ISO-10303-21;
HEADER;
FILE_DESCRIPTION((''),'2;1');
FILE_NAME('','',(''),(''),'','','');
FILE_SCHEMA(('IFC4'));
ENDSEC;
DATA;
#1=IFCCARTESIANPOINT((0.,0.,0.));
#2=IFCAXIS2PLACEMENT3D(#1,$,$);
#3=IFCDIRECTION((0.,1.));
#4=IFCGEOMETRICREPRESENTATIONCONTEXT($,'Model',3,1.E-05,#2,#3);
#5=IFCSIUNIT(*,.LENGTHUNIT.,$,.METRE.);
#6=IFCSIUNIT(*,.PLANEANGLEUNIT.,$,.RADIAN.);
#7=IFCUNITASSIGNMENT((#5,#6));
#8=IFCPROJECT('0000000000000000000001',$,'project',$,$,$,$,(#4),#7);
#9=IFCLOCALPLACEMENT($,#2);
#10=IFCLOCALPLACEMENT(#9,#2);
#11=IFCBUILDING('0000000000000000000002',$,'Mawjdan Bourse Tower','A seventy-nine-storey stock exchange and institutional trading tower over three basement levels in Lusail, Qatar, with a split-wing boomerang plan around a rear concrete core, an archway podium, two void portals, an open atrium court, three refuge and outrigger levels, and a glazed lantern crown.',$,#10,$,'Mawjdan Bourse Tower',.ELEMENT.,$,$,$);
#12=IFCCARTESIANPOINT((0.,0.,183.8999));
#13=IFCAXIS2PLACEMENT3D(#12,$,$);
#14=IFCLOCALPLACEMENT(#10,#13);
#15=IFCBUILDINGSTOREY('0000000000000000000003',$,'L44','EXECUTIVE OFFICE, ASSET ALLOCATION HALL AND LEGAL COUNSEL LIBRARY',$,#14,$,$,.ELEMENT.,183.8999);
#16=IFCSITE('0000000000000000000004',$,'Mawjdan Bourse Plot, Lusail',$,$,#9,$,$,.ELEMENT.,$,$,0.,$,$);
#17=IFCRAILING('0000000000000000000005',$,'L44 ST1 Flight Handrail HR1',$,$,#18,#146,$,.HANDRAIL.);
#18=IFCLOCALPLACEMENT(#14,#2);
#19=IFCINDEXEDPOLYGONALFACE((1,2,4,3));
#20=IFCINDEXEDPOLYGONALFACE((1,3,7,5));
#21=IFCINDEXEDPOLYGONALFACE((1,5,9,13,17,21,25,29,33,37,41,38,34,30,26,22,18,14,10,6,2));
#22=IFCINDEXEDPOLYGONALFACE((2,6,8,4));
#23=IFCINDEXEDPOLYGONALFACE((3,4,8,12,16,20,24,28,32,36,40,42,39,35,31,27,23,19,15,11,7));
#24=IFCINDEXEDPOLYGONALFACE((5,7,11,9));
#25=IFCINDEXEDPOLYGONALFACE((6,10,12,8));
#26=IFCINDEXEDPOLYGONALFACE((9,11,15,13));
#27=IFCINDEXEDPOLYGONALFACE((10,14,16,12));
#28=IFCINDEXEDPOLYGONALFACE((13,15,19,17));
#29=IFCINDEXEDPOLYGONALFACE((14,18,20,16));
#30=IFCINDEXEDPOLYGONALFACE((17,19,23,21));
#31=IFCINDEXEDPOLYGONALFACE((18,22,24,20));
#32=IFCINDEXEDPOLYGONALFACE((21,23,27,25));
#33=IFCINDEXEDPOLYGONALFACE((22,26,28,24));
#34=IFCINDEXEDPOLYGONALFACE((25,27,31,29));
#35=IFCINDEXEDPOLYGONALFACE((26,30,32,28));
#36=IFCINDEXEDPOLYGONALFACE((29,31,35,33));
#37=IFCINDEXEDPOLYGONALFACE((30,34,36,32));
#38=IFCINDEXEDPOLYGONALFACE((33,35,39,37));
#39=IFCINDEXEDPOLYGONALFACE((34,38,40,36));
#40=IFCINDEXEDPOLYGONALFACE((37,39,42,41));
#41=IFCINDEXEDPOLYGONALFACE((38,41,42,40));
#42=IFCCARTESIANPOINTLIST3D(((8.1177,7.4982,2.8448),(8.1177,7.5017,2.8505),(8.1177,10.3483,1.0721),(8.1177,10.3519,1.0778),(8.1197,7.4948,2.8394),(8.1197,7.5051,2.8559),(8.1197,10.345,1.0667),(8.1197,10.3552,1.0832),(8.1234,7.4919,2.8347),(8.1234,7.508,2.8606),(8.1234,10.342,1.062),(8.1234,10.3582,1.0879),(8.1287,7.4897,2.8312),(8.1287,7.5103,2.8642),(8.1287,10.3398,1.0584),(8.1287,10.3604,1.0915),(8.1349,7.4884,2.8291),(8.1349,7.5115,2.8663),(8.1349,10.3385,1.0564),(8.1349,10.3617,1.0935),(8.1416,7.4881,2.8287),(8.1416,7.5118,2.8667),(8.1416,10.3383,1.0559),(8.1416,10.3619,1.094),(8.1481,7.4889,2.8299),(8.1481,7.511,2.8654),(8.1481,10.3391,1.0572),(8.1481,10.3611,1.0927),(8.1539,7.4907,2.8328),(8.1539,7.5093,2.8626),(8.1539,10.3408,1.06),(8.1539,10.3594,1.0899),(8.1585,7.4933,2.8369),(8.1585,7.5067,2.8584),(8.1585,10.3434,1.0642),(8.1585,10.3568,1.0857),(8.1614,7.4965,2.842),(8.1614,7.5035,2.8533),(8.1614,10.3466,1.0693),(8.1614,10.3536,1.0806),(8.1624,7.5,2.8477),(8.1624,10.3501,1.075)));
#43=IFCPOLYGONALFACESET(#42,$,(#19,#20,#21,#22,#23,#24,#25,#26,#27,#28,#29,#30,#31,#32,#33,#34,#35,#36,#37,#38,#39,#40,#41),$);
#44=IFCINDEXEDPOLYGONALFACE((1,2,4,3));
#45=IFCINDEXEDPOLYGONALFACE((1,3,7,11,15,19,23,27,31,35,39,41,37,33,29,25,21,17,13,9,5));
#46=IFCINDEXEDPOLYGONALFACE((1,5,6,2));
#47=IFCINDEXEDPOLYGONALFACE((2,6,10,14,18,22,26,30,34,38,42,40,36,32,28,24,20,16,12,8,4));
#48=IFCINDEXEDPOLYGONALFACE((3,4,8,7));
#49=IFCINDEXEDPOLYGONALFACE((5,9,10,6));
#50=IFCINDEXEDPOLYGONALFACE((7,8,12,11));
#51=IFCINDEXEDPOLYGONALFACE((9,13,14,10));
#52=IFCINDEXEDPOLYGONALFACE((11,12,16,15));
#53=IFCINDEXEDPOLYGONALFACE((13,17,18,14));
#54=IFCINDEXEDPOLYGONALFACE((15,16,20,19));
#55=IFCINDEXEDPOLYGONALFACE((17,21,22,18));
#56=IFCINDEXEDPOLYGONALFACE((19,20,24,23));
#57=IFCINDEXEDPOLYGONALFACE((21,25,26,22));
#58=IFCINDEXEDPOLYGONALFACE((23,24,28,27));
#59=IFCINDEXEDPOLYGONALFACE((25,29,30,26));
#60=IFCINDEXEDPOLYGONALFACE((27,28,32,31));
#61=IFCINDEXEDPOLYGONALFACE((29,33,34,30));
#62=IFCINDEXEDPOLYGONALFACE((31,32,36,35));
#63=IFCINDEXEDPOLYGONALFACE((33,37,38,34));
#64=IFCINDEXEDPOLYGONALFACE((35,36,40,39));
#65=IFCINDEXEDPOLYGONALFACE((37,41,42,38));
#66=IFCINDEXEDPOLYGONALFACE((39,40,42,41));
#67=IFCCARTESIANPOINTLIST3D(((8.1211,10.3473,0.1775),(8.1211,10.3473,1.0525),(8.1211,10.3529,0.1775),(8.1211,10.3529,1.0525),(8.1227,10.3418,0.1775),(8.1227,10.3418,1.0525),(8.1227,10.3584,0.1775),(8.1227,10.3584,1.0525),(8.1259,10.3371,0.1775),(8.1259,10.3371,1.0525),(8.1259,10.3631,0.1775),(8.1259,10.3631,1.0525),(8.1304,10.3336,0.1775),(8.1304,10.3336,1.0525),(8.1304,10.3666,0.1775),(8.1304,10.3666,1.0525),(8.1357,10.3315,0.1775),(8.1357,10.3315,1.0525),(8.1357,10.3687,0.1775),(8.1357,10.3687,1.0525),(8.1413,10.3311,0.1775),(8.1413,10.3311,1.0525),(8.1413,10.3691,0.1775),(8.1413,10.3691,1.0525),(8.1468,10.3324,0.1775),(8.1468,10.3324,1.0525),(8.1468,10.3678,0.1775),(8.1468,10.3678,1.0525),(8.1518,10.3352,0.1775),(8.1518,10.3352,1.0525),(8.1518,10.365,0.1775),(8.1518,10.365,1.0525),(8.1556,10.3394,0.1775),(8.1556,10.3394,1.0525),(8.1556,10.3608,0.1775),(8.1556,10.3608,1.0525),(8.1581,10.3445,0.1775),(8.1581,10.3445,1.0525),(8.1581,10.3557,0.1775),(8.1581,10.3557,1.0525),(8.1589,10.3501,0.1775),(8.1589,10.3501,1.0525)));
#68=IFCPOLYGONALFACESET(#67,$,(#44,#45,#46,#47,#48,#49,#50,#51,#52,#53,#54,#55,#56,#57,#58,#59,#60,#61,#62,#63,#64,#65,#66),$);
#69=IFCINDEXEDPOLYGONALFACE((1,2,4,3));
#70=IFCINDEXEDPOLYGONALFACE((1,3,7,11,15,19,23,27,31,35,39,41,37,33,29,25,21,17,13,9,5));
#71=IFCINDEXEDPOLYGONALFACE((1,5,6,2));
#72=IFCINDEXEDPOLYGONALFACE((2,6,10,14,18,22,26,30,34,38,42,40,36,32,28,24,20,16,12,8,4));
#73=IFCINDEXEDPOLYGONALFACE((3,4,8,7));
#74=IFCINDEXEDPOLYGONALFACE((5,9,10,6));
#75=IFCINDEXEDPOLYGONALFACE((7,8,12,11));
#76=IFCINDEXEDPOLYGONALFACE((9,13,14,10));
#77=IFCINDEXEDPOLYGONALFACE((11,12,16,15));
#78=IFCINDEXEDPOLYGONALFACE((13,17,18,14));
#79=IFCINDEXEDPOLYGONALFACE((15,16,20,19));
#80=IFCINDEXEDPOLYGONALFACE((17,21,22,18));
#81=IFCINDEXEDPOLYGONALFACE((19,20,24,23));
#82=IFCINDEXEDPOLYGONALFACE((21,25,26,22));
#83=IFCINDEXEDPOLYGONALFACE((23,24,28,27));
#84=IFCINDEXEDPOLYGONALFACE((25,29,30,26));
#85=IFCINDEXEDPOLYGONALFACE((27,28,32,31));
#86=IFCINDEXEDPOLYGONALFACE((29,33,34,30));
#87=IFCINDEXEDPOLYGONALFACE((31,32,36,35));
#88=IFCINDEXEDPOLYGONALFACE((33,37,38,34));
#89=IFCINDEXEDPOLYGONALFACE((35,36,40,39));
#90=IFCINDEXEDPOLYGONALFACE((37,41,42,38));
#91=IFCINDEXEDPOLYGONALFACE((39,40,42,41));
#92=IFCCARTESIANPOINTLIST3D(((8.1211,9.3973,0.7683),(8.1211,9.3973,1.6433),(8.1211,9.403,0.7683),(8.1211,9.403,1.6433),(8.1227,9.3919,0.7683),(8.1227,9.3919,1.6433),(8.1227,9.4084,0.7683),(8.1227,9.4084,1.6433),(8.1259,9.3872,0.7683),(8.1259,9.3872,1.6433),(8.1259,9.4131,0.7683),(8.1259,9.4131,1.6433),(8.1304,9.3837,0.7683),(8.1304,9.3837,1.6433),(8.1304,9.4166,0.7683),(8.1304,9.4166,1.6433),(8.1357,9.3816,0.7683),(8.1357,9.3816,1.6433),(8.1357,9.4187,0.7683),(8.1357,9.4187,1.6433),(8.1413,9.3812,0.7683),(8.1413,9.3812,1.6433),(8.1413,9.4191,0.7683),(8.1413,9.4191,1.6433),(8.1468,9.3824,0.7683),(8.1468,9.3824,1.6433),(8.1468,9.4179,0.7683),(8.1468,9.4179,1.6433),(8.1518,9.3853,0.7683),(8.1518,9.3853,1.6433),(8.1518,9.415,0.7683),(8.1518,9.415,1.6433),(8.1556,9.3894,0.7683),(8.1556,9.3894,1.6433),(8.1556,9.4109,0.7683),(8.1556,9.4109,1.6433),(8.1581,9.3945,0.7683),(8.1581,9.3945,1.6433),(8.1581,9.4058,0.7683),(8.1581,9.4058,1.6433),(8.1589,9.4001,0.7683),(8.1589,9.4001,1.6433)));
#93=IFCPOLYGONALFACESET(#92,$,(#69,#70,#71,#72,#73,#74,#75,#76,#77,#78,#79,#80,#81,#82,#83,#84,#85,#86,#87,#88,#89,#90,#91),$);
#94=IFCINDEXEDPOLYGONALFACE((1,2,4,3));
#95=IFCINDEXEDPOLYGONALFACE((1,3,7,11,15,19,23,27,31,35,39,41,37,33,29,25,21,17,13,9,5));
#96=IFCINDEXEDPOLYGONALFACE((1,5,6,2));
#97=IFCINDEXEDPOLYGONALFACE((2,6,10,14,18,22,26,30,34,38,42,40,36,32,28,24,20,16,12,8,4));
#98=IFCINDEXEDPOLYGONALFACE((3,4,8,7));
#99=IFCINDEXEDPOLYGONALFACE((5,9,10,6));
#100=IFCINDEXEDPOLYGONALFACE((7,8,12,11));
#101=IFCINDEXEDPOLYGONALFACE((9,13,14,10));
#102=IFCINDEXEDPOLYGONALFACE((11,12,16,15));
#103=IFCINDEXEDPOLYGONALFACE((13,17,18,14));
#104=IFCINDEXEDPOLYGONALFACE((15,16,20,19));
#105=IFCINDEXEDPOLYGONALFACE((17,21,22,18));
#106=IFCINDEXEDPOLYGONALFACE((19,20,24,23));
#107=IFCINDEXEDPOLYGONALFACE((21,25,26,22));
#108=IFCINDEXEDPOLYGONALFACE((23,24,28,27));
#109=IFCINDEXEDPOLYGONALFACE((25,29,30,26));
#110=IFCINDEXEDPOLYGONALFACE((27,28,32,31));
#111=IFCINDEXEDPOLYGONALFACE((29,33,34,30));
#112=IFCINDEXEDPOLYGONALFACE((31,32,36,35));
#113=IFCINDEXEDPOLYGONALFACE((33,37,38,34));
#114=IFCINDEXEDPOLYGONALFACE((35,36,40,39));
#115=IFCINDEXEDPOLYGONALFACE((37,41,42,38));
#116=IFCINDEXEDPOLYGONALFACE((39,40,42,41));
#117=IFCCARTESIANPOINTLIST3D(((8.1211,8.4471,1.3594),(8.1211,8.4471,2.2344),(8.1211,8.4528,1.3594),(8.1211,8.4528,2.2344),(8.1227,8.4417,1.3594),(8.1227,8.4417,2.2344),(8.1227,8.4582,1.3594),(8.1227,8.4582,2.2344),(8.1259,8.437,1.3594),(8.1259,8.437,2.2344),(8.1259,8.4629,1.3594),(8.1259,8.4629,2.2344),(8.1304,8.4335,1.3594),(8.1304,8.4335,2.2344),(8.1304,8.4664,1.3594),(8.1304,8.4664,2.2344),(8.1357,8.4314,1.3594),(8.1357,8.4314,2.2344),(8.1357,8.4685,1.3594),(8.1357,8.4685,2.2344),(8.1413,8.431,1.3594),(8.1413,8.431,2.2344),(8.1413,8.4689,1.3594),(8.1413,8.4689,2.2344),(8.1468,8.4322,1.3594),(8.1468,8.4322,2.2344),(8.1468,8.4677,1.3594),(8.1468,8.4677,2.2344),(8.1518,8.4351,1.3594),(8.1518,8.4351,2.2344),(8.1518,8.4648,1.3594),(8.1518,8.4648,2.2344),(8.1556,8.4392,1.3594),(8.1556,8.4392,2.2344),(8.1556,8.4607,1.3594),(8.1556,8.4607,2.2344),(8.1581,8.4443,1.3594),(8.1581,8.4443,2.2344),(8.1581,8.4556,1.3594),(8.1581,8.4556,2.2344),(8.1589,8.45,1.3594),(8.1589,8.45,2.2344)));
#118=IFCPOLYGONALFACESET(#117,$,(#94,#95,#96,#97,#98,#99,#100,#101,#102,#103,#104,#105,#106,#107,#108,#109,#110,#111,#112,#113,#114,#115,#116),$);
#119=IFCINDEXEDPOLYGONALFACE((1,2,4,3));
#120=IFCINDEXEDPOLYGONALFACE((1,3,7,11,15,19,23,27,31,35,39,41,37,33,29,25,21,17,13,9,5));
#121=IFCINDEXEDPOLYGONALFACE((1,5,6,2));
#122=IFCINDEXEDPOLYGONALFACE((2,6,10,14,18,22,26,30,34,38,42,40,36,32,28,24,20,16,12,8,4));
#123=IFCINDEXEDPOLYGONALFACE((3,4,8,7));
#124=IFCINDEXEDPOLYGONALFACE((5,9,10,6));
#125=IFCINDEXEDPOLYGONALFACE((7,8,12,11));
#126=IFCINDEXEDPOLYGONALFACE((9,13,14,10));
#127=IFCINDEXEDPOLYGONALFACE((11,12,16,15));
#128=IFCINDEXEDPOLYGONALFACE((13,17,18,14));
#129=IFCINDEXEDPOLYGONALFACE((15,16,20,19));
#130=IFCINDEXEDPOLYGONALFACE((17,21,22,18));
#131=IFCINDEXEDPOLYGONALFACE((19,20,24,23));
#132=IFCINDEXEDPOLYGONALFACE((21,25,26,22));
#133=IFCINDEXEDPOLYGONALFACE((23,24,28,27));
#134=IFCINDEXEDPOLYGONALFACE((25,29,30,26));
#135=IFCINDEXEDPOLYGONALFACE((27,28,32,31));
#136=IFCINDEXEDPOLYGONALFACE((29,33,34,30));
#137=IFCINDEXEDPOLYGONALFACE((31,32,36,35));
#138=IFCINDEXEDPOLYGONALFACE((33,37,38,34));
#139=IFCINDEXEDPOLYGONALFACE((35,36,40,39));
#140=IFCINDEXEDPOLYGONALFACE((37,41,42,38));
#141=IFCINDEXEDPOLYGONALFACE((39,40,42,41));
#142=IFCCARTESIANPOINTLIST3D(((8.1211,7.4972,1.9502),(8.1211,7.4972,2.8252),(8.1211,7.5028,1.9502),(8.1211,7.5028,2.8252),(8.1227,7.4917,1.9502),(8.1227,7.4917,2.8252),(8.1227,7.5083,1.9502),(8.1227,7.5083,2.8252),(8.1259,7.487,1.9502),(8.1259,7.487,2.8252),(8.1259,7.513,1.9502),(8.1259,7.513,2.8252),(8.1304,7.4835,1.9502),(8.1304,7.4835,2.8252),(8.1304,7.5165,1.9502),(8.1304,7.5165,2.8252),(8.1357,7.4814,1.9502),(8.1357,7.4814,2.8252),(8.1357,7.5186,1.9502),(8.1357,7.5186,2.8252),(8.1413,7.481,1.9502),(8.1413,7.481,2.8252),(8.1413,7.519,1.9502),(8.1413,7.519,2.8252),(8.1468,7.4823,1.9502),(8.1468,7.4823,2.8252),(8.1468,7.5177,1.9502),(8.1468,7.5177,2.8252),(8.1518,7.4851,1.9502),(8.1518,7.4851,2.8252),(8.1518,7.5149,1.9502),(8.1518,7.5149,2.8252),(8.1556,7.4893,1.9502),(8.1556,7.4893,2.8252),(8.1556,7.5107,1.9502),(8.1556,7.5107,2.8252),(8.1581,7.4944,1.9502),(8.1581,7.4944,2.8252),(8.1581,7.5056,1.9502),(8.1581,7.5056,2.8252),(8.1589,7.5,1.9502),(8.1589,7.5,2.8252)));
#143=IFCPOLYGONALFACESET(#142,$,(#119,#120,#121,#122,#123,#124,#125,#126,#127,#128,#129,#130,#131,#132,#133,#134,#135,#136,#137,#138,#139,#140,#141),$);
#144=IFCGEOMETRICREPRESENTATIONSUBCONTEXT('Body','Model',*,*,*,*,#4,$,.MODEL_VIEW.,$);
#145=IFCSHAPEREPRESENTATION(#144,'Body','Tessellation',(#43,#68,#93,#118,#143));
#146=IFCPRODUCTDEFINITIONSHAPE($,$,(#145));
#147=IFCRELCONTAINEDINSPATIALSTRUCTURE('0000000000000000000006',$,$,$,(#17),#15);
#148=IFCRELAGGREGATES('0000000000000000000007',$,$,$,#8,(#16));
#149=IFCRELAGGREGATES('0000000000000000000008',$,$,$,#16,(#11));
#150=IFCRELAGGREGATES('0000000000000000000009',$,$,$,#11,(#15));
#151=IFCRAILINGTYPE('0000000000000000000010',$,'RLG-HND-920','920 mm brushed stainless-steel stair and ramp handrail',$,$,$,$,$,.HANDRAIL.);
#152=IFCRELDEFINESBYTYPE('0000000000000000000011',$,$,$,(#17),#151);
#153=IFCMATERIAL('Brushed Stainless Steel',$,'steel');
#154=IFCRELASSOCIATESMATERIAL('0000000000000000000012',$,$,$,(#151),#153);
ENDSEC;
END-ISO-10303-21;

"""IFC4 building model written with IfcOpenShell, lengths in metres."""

from ifc_helpers import new_model, si_unit, direction, frame, origin, origin_2d, place, context, subcontext, project, spatial, circle, extrude, material, type_object, element, save


model = new_model("IFC4")

# Units and contexts
model_context = context("Model", 3, precision=1e-05, world=origin(), true_north=direction((0.0, 1.0)))
body_context = subcontext(model_context, "Body", "Model", "MODEL_VIEW")
ifc_project = project(units=[si_unit("LENGTHUNIT", "METRE"), si_unit("PLANEANGLEUNIT", "RADIAN")], contexts=[model_context])

# Site, building, storey
site_placement = place(None, origin())
site = spatial("IfcSite", under=ifc_project, at=site_placement, Name="Mawjdan Bourse Plot, Lusail", CompositionType="ELEMENT", RefElevation=0.0)
building_placement = place(site_placement, origin())
building = spatial("IfcBuilding", under=site, at=building_placement, Name="Mawjdan Bourse Tower", Description="A seventy-nine-storey stock exchange and institutional trading tower over three basement levels in Lusail, Qatar, with a split-wing boomerang plan around a rear concrete core, an archway podium, two void portals, an open atrium court, three refuge and outrigger levels, and a glazed lantern crown.", LongName="Mawjdan Bourse Tower", CompositionType="ELEMENT")
storey_placement = place(building_placement, frame((0.0, 0.0, 183.8999)))
storey = spatial("IfcBuildingStorey", under=building, at=storey_placement, Name="L44", Description="EXECUTIVE OFFICE, ASSET ALLOCATION HALL AND LEGAL COUNSEL LIBRARY", CompositionType="ELEMENT", Elevation=183.8999)

# Shared definitions
ifc_material_1 = material(Name="Brushed Stainless Steel", Category="steel")

# Railing
railing_type_1 = type_object("IfcRailingType", Name="RLG-HND-920", Description="920 mm brushed stainless-steel stair and ramp handrail", PredefinedType="HANDRAIL", material=ifc_material_1)
for number, where, name in (
    (1, (8.1399, 10.3501, 0.1775), "L44 ST1 Flight Handrail HR1"),
):
    element("IfcRailing", number, at=place(storey_placement, frame(where)), inside=storey, type_object=railing_type_1, Name=name, PredefinedType="HANDRAIL", context=body_context, shape_type="SweptSolid", body=[
        extrude(circle(Radius=0.0225, at=origin_2d()), frame((0.0, 0.0, 0.8975), z_axis=(0.0, -0.849149, 0.528154), x_axis=(1.0, 0.0, 0.0)), (0.0, 0.0, 1.0), 3.3564),
        extrude(circle(Radius=0.019, at=origin_2d()), origin(), (0.0, 0.0, 1.0), 0.875),
        extrude(circle(Radius=0.019, at=origin_2d()), frame((0.0, -0.95, 0.5908)), (0.0, 0.0, 1.0), 0.875),
        extrude(circle(Radius=0.019, at=origin_2d()), frame((0.0, -1.9001, 1.1819)), (0.0, 0.0, 1.0), 0.875),
        extrude(circle(Radius=0.019, at=origin_2d()), frame((0.0, -2.8501, 1.7727)), (0.0, 0.0, 1.0), 0.875),
    ])

save(model, "model.ifc")
